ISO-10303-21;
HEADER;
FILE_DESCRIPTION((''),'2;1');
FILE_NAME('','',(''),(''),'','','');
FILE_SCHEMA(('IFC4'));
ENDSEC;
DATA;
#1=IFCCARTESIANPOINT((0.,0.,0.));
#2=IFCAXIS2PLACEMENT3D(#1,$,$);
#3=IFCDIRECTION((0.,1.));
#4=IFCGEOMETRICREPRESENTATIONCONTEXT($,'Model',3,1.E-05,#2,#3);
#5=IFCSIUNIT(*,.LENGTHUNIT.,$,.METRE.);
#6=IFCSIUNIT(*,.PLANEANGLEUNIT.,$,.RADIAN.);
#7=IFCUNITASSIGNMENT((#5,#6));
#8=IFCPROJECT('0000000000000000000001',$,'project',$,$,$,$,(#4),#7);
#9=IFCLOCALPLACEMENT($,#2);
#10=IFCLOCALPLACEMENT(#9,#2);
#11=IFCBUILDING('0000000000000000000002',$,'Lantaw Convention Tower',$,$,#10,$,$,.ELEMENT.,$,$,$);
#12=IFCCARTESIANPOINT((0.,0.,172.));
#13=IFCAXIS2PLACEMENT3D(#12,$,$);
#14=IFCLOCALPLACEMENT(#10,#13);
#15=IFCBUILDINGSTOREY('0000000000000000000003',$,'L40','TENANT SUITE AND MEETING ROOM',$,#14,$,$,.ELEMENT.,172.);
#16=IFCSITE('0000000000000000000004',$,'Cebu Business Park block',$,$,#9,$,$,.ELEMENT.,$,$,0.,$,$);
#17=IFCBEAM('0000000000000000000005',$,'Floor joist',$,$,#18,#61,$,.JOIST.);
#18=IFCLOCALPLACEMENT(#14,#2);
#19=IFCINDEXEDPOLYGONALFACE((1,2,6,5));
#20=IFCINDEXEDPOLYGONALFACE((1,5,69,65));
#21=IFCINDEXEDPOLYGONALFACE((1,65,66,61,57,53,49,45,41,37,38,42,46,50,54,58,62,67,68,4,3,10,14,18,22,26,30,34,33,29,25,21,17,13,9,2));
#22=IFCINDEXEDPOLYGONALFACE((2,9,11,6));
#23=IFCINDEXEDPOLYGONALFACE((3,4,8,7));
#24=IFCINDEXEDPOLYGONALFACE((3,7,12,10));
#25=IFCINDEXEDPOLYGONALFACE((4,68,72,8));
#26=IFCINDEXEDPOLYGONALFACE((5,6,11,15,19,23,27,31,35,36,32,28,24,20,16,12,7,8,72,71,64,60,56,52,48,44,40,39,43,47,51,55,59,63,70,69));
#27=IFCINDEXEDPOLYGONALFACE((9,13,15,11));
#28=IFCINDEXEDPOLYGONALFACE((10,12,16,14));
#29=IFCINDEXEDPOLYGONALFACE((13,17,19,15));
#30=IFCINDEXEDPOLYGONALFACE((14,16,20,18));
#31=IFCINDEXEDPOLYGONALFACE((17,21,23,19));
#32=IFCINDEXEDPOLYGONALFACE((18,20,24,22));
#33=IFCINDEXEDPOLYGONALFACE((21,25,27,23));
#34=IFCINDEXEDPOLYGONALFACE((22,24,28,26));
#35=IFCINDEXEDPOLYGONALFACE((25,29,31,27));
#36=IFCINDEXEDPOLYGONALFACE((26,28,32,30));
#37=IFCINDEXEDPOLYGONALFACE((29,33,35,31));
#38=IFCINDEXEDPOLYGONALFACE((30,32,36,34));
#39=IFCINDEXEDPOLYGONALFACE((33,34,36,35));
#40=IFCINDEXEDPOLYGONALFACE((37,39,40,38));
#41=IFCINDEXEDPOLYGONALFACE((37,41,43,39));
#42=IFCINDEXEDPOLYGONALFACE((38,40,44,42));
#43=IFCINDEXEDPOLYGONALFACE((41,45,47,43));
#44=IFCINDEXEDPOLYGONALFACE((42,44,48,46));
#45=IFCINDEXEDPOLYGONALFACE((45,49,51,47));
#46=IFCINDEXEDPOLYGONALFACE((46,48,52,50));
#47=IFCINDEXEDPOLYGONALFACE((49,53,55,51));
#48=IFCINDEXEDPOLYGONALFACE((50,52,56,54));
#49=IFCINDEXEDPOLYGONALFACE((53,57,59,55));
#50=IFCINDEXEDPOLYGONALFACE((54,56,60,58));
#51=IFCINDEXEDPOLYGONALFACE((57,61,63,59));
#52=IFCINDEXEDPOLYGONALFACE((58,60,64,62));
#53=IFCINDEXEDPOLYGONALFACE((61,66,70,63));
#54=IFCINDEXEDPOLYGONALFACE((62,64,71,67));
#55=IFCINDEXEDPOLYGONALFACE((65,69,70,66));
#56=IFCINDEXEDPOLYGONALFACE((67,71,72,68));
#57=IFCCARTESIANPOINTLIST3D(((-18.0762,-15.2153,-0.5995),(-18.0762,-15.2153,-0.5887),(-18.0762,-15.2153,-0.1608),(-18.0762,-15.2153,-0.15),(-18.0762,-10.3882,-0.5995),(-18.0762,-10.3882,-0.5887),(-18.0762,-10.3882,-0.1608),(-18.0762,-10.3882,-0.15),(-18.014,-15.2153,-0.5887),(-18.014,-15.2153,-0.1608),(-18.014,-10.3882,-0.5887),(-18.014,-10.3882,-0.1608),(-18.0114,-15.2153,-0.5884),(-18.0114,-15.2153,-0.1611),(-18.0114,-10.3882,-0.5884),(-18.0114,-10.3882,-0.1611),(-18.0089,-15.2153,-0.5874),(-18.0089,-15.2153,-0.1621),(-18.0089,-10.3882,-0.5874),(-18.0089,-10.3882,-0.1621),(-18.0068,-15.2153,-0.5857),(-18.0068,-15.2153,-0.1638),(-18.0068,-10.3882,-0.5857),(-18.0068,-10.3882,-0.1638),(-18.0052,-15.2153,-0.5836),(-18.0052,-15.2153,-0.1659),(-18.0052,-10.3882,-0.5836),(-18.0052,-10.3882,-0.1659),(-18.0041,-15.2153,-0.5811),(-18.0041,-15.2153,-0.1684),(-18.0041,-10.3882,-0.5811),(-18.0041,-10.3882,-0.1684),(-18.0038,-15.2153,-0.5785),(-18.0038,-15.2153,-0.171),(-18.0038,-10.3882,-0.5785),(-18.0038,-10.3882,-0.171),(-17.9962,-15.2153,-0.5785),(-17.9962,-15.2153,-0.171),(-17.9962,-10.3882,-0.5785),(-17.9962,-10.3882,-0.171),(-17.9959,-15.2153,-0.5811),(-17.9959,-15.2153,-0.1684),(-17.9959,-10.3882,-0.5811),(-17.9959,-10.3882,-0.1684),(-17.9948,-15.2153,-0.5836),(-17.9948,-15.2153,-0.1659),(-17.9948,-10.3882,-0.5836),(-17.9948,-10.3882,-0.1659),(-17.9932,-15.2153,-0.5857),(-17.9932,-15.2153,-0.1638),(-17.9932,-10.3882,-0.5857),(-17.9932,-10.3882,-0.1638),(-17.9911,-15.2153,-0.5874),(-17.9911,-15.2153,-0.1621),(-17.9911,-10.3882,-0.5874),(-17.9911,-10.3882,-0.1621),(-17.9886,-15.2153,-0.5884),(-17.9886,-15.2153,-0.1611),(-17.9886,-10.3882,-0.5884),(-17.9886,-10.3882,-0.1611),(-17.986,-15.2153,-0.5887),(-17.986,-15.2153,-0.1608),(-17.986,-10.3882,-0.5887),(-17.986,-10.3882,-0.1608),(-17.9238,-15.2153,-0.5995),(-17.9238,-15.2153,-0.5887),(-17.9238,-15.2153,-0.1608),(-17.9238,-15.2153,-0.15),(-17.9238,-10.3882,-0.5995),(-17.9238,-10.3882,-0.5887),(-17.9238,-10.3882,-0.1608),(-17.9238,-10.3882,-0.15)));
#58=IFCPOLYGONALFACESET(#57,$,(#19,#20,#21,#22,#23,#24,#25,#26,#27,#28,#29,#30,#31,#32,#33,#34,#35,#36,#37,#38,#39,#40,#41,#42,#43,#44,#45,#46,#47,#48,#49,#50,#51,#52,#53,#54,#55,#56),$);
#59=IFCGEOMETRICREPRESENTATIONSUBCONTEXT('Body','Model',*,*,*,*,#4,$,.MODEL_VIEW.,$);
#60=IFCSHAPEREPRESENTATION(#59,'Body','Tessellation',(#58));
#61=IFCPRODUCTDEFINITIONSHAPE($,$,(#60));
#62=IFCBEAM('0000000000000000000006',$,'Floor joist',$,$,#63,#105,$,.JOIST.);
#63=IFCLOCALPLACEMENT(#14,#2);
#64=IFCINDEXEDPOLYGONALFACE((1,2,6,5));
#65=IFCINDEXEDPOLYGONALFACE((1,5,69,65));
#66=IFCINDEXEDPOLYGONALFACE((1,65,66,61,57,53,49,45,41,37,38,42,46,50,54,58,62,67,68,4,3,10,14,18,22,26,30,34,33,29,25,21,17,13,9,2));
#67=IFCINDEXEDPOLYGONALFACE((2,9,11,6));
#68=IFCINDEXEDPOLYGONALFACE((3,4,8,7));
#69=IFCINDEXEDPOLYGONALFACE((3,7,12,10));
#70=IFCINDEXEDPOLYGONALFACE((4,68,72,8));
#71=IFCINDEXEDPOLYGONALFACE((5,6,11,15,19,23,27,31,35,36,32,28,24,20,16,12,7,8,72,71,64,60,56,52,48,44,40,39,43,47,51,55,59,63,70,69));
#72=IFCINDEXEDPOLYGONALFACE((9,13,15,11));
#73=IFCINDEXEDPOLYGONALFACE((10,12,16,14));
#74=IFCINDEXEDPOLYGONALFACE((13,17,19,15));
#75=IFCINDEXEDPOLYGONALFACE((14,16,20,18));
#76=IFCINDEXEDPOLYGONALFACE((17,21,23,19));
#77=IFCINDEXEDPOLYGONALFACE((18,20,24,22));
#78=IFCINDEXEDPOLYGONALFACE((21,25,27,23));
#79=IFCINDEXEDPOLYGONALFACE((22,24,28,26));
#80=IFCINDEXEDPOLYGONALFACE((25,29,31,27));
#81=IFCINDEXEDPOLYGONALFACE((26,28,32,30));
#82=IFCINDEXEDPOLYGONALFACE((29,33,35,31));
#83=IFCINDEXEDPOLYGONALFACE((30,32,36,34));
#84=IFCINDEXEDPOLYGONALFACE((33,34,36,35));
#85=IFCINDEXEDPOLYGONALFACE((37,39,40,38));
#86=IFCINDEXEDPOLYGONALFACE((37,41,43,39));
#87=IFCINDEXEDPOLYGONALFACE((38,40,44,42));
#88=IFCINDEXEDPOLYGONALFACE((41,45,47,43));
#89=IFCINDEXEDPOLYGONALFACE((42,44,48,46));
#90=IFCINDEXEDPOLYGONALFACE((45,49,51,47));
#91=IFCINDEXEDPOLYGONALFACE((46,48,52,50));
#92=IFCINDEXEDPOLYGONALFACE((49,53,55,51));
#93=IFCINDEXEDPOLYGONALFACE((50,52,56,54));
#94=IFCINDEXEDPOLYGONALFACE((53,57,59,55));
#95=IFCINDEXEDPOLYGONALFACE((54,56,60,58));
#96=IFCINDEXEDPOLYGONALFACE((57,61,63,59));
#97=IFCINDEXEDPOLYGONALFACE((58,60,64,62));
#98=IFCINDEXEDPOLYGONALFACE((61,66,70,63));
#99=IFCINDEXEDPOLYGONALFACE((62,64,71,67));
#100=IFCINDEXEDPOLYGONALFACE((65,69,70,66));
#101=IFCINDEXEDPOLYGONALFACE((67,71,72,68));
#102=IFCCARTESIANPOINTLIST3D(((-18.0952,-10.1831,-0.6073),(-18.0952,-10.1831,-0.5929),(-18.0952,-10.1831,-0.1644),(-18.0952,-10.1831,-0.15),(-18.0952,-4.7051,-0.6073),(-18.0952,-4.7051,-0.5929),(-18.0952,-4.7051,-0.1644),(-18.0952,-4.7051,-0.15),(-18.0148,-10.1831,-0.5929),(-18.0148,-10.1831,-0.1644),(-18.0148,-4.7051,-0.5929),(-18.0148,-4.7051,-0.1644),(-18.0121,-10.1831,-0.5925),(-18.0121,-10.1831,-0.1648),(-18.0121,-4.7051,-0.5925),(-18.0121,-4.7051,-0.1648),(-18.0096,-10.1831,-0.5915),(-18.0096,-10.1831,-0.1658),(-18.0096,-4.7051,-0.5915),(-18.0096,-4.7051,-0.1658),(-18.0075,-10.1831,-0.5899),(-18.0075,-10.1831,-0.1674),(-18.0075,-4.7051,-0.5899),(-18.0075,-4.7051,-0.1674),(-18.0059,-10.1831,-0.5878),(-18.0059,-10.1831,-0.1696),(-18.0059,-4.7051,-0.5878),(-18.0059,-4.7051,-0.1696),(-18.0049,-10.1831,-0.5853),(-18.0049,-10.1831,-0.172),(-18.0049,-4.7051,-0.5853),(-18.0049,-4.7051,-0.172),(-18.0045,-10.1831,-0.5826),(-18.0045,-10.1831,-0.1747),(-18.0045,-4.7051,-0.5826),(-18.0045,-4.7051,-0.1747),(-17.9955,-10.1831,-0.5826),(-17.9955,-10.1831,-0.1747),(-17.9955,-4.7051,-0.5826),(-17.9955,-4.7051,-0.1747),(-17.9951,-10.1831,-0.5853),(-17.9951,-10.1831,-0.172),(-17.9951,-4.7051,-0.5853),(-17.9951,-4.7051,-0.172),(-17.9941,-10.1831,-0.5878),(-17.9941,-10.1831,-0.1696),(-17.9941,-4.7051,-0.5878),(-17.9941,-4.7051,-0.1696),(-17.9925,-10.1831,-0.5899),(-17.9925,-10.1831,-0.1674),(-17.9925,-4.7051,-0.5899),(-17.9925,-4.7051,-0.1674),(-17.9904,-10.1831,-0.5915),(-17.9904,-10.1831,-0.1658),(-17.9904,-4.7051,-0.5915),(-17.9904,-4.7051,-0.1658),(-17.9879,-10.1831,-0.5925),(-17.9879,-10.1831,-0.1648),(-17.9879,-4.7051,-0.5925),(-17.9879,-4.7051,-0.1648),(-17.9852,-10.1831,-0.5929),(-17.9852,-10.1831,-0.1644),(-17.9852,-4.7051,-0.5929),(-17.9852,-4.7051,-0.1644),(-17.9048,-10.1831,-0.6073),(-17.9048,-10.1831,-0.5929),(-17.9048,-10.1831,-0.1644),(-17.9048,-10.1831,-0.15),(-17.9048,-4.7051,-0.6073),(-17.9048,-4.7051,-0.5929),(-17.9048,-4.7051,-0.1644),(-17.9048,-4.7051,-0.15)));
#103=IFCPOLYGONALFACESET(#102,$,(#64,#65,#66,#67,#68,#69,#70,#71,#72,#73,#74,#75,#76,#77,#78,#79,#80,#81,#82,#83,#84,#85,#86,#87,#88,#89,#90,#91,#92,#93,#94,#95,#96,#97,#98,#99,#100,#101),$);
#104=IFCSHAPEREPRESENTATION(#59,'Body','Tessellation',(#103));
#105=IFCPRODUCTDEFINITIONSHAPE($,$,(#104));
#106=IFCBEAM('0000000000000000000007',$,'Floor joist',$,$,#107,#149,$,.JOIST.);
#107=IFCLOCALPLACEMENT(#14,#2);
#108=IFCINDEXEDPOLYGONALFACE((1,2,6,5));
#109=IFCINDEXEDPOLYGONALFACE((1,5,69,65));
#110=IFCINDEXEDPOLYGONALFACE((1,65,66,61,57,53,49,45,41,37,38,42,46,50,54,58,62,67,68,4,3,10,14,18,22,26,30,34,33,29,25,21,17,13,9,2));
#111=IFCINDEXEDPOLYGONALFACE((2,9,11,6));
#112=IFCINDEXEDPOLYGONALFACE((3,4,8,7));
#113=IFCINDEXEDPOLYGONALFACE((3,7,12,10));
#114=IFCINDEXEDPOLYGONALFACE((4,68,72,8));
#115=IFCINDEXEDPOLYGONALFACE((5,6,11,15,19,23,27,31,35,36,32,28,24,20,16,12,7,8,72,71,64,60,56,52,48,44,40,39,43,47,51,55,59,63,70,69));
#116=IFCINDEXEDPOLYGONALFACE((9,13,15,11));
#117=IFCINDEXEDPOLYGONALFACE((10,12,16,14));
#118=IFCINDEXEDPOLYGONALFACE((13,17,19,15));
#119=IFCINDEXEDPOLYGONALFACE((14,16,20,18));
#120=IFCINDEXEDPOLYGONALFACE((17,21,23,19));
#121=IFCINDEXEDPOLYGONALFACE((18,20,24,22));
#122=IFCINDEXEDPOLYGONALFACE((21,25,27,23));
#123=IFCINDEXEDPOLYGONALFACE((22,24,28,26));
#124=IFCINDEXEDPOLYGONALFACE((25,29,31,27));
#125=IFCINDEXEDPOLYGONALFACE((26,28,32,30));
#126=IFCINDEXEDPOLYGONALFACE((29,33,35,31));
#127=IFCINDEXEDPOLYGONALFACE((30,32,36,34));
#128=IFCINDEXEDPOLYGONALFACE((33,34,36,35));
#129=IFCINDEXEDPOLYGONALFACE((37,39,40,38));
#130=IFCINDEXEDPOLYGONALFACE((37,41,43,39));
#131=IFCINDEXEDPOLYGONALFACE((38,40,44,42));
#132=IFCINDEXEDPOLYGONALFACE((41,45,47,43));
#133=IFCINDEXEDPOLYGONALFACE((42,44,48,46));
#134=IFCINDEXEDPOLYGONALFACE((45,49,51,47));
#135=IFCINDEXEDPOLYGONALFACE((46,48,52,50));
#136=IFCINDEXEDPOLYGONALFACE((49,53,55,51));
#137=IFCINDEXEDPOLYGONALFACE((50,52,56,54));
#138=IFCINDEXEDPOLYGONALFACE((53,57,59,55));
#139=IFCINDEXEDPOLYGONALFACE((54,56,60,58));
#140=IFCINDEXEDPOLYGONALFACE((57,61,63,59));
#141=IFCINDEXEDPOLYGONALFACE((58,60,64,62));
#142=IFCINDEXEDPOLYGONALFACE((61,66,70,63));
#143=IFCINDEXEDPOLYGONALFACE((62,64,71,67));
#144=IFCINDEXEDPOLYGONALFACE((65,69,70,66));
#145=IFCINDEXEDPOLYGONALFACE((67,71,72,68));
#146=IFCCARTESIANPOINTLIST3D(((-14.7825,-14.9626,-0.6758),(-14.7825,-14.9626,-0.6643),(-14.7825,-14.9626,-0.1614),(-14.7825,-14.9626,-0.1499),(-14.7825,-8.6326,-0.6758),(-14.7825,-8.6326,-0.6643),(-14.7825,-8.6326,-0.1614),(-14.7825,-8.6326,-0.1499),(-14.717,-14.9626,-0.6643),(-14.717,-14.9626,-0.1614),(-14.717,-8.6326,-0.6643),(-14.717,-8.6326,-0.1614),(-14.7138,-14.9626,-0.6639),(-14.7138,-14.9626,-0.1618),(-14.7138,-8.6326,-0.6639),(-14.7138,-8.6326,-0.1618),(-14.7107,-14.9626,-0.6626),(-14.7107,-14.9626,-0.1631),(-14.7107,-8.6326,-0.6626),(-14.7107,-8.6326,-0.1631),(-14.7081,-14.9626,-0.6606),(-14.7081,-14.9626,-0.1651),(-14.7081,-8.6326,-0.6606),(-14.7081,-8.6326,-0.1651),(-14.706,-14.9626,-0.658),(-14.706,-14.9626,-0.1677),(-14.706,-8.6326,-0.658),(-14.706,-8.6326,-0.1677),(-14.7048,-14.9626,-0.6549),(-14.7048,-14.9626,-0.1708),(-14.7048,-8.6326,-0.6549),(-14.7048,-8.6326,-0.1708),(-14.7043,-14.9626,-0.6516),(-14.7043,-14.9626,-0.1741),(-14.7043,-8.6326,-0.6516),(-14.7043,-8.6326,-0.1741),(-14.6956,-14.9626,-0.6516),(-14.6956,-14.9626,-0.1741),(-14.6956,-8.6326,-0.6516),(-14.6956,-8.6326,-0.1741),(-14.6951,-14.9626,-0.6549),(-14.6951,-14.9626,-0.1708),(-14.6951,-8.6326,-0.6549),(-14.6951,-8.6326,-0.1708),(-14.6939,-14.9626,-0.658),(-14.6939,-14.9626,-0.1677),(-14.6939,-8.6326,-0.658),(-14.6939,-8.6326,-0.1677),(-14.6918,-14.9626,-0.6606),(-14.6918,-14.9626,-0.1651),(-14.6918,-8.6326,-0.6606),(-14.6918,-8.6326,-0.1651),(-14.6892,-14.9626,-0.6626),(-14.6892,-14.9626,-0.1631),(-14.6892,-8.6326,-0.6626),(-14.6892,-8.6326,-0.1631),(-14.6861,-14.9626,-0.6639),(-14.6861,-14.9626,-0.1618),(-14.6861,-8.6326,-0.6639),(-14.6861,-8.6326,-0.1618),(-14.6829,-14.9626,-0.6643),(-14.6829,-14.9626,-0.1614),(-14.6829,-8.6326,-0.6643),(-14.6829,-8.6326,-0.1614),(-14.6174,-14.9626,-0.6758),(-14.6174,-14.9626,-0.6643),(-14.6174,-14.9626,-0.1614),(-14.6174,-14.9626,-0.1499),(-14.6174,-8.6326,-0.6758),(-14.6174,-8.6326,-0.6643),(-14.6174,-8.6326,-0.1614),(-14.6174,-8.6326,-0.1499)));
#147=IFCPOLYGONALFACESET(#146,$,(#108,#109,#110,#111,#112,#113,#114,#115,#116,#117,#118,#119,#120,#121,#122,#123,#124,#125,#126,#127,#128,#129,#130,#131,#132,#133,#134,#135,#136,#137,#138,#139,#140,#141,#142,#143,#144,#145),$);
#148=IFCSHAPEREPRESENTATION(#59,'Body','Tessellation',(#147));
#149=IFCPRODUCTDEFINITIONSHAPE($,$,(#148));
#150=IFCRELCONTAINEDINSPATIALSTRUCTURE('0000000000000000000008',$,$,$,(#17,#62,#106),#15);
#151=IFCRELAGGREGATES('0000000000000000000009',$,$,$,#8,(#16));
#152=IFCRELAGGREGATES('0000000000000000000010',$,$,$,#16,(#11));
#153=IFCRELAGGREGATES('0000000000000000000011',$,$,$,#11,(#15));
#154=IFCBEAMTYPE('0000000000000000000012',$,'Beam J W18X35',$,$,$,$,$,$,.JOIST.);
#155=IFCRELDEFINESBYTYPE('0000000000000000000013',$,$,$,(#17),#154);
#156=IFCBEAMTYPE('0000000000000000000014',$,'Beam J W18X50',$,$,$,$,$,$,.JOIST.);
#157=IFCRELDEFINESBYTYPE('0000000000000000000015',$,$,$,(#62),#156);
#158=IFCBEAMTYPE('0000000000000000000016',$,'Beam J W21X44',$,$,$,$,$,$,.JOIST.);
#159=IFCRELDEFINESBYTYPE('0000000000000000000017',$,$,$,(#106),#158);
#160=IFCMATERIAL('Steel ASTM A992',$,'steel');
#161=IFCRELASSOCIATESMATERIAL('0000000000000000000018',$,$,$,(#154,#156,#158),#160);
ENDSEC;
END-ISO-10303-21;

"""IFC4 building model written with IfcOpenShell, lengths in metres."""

from ifc_helpers import new_model, si_unit, direction, frame, origin, origin_2d, place, context, subcontext, project, spatial, i_section, extrude, material, material_profile, profile_set, type_object, element, save


model = new_model("IFC4")

# Units and contexts
model_context = context("Model", 3, precision=1e-05, world=origin(), true_north=direction((0.0, 1.0)))
body_context = subcontext(model_context, "Body", "Model", "MODEL_VIEW")
ifc_project = project(units=[si_unit("LENGTHUNIT", "METRE"), si_unit("PLANEANGLEUNIT", "RADIAN")], contexts=[model_context])

# Site, building, storey
site_placement = place(None, origin())
site = spatial("IfcSite", under=ifc_project, at=site_placement, Name="Cebu Business Park block", CompositionType="ELEMENT", RefElevation=0.0)
building_placement = place(site_placement, origin())
building = spatial("IfcBuilding", under=site, at=building_placement, Name="Lantaw Convention Tower", CompositionType="ELEMENT")
storey_placement = place(building_placement, frame((0.0, 0.0, 172.0)))
storey = spatial("IfcBuildingStorey", under=building, at=storey_placement, Name="L40", Description="TENANT SUITE AND MEETING ROOM", CompositionType="ELEMENT", Elevation=172.0)

# Beams
ifc_material_1 = material(Name="Steel ASTM A992", Category="steel")
ifc_material_profile_1 = material_profile(ifc_material_1, i_section(OverallWidth=0.1523, OverallDepth=0.4495, WebThickness=0.0076, FlangeThickness=0.0107, FilletRadius=0.0103, at=origin_2d()), Name="W18X35")
ifc_profile_set_1 = profile_set([ifc_material_profile_1], Name="Steel ASTM A992")
beam_type_1 = type_object("IfcBeamType", Name="Beam J W18X35", PredefinedType="JOIST", material=ifc_profile_set_1)
beam_1_placement = place(storey_placement, frame((-18.0, -15.2153, -0.3748), z_axis=(0.0, 1.0, 0.0), x_axis=(-1.0, 0.0, 0.0)))
element("IfcBeam", 1, at=beam_1_placement, inside=storey, type_object=beam_type_1, Name="Floor joist", PredefinedType="JOIST", context=body_context, shape_type="SweptSolid", body=[
    extrude(i_section(OverallWidth=0.1523, OverallDepth=0.4495, WebThickness=0.0076, FlangeThickness=0.0107, FilletRadius=0.0103, at=origin_2d()), origin(), (0.0, 0.0, 1.0), 4.8271),
])
ifc_material_profile_2 = material_profile(ifc_material_1, i_section(OverallWidth=0.1904, OverallDepth=0.4573, WebThickness=0.009, FlangeThickness=0.0144, FilletRadius=0.0103, at=origin_2d()), Name="W18X50")
ifc_profile_set_2 = profile_set([ifc_material_profile_2], Name="Steel ASTM A992")
beam_type_2 = type_object("IfcBeamType", Name="Beam J W18X50", PredefinedType="JOIST", material=ifc_profile_set_2)
beam_2_placement = place(storey_placement, frame((-18.0, -10.1831, -0.3787), z_axis=(0.0, 1.0, 0.0), x_axis=(-1.0, 0.0, 0.0)))
element("IfcBeam", 2, at=beam_2_placement, inside=storey, type_object=beam_type_2, Name="Floor joist", PredefinedType="JOIST", context=body_context, shape_type="SweptSolid", body=[
    extrude(i_section(OverallWidth=0.1904, OverallDepth=0.4573, WebThickness=0.009, FlangeThickness=0.0144, FilletRadius=0.0103, at=origin_2d()), origin(), (0.0, 0.0, 1.0), 5.478),
])
ifc_material_profile_3 = material_profile(ifc_material_1, i_section(OverallWidth=0.165, OverallDepth=0.5259, WebThickness=0.0088, FlangeThickness=0.0115, FilletRadius=0.0127, at=origin_2d()), Name="W21X44")
ifc_profile_set_3 = profile_set([ifc_material_profile_3], Name="Steel ASTM A992")
beam_type_3 = type_object("IfcBeamType", Name="Beam J W21X44", PredefinedType="JOIST", material=ifc_profile_set_3)
beam_3_placement = place(storey_placement, frame((-14.7, -14.9626, -0.4128), z_axis=(0.0, 1.0, 0.0), x_axis=(-1.0, 0.0, 0.0)))
element("IfcBeam", 3, at=beam_3_placement, inside=storey, type_object=beam_type_3, Name="Floor joist", PredefinedType="JOIST", context=body_context, shape_type="SweptSolid", body=[
    extrude(i_section(OverallWidth=0.165, OverallDepth=0.5259, WebThickness=0.0088, FlangeThickness=0.0115, FilletRadius=0.0127, at=origin_2d()), origin(), (0.0, 0.0, 1.0), 6.3301),
])

save(model, "model.ifc")
